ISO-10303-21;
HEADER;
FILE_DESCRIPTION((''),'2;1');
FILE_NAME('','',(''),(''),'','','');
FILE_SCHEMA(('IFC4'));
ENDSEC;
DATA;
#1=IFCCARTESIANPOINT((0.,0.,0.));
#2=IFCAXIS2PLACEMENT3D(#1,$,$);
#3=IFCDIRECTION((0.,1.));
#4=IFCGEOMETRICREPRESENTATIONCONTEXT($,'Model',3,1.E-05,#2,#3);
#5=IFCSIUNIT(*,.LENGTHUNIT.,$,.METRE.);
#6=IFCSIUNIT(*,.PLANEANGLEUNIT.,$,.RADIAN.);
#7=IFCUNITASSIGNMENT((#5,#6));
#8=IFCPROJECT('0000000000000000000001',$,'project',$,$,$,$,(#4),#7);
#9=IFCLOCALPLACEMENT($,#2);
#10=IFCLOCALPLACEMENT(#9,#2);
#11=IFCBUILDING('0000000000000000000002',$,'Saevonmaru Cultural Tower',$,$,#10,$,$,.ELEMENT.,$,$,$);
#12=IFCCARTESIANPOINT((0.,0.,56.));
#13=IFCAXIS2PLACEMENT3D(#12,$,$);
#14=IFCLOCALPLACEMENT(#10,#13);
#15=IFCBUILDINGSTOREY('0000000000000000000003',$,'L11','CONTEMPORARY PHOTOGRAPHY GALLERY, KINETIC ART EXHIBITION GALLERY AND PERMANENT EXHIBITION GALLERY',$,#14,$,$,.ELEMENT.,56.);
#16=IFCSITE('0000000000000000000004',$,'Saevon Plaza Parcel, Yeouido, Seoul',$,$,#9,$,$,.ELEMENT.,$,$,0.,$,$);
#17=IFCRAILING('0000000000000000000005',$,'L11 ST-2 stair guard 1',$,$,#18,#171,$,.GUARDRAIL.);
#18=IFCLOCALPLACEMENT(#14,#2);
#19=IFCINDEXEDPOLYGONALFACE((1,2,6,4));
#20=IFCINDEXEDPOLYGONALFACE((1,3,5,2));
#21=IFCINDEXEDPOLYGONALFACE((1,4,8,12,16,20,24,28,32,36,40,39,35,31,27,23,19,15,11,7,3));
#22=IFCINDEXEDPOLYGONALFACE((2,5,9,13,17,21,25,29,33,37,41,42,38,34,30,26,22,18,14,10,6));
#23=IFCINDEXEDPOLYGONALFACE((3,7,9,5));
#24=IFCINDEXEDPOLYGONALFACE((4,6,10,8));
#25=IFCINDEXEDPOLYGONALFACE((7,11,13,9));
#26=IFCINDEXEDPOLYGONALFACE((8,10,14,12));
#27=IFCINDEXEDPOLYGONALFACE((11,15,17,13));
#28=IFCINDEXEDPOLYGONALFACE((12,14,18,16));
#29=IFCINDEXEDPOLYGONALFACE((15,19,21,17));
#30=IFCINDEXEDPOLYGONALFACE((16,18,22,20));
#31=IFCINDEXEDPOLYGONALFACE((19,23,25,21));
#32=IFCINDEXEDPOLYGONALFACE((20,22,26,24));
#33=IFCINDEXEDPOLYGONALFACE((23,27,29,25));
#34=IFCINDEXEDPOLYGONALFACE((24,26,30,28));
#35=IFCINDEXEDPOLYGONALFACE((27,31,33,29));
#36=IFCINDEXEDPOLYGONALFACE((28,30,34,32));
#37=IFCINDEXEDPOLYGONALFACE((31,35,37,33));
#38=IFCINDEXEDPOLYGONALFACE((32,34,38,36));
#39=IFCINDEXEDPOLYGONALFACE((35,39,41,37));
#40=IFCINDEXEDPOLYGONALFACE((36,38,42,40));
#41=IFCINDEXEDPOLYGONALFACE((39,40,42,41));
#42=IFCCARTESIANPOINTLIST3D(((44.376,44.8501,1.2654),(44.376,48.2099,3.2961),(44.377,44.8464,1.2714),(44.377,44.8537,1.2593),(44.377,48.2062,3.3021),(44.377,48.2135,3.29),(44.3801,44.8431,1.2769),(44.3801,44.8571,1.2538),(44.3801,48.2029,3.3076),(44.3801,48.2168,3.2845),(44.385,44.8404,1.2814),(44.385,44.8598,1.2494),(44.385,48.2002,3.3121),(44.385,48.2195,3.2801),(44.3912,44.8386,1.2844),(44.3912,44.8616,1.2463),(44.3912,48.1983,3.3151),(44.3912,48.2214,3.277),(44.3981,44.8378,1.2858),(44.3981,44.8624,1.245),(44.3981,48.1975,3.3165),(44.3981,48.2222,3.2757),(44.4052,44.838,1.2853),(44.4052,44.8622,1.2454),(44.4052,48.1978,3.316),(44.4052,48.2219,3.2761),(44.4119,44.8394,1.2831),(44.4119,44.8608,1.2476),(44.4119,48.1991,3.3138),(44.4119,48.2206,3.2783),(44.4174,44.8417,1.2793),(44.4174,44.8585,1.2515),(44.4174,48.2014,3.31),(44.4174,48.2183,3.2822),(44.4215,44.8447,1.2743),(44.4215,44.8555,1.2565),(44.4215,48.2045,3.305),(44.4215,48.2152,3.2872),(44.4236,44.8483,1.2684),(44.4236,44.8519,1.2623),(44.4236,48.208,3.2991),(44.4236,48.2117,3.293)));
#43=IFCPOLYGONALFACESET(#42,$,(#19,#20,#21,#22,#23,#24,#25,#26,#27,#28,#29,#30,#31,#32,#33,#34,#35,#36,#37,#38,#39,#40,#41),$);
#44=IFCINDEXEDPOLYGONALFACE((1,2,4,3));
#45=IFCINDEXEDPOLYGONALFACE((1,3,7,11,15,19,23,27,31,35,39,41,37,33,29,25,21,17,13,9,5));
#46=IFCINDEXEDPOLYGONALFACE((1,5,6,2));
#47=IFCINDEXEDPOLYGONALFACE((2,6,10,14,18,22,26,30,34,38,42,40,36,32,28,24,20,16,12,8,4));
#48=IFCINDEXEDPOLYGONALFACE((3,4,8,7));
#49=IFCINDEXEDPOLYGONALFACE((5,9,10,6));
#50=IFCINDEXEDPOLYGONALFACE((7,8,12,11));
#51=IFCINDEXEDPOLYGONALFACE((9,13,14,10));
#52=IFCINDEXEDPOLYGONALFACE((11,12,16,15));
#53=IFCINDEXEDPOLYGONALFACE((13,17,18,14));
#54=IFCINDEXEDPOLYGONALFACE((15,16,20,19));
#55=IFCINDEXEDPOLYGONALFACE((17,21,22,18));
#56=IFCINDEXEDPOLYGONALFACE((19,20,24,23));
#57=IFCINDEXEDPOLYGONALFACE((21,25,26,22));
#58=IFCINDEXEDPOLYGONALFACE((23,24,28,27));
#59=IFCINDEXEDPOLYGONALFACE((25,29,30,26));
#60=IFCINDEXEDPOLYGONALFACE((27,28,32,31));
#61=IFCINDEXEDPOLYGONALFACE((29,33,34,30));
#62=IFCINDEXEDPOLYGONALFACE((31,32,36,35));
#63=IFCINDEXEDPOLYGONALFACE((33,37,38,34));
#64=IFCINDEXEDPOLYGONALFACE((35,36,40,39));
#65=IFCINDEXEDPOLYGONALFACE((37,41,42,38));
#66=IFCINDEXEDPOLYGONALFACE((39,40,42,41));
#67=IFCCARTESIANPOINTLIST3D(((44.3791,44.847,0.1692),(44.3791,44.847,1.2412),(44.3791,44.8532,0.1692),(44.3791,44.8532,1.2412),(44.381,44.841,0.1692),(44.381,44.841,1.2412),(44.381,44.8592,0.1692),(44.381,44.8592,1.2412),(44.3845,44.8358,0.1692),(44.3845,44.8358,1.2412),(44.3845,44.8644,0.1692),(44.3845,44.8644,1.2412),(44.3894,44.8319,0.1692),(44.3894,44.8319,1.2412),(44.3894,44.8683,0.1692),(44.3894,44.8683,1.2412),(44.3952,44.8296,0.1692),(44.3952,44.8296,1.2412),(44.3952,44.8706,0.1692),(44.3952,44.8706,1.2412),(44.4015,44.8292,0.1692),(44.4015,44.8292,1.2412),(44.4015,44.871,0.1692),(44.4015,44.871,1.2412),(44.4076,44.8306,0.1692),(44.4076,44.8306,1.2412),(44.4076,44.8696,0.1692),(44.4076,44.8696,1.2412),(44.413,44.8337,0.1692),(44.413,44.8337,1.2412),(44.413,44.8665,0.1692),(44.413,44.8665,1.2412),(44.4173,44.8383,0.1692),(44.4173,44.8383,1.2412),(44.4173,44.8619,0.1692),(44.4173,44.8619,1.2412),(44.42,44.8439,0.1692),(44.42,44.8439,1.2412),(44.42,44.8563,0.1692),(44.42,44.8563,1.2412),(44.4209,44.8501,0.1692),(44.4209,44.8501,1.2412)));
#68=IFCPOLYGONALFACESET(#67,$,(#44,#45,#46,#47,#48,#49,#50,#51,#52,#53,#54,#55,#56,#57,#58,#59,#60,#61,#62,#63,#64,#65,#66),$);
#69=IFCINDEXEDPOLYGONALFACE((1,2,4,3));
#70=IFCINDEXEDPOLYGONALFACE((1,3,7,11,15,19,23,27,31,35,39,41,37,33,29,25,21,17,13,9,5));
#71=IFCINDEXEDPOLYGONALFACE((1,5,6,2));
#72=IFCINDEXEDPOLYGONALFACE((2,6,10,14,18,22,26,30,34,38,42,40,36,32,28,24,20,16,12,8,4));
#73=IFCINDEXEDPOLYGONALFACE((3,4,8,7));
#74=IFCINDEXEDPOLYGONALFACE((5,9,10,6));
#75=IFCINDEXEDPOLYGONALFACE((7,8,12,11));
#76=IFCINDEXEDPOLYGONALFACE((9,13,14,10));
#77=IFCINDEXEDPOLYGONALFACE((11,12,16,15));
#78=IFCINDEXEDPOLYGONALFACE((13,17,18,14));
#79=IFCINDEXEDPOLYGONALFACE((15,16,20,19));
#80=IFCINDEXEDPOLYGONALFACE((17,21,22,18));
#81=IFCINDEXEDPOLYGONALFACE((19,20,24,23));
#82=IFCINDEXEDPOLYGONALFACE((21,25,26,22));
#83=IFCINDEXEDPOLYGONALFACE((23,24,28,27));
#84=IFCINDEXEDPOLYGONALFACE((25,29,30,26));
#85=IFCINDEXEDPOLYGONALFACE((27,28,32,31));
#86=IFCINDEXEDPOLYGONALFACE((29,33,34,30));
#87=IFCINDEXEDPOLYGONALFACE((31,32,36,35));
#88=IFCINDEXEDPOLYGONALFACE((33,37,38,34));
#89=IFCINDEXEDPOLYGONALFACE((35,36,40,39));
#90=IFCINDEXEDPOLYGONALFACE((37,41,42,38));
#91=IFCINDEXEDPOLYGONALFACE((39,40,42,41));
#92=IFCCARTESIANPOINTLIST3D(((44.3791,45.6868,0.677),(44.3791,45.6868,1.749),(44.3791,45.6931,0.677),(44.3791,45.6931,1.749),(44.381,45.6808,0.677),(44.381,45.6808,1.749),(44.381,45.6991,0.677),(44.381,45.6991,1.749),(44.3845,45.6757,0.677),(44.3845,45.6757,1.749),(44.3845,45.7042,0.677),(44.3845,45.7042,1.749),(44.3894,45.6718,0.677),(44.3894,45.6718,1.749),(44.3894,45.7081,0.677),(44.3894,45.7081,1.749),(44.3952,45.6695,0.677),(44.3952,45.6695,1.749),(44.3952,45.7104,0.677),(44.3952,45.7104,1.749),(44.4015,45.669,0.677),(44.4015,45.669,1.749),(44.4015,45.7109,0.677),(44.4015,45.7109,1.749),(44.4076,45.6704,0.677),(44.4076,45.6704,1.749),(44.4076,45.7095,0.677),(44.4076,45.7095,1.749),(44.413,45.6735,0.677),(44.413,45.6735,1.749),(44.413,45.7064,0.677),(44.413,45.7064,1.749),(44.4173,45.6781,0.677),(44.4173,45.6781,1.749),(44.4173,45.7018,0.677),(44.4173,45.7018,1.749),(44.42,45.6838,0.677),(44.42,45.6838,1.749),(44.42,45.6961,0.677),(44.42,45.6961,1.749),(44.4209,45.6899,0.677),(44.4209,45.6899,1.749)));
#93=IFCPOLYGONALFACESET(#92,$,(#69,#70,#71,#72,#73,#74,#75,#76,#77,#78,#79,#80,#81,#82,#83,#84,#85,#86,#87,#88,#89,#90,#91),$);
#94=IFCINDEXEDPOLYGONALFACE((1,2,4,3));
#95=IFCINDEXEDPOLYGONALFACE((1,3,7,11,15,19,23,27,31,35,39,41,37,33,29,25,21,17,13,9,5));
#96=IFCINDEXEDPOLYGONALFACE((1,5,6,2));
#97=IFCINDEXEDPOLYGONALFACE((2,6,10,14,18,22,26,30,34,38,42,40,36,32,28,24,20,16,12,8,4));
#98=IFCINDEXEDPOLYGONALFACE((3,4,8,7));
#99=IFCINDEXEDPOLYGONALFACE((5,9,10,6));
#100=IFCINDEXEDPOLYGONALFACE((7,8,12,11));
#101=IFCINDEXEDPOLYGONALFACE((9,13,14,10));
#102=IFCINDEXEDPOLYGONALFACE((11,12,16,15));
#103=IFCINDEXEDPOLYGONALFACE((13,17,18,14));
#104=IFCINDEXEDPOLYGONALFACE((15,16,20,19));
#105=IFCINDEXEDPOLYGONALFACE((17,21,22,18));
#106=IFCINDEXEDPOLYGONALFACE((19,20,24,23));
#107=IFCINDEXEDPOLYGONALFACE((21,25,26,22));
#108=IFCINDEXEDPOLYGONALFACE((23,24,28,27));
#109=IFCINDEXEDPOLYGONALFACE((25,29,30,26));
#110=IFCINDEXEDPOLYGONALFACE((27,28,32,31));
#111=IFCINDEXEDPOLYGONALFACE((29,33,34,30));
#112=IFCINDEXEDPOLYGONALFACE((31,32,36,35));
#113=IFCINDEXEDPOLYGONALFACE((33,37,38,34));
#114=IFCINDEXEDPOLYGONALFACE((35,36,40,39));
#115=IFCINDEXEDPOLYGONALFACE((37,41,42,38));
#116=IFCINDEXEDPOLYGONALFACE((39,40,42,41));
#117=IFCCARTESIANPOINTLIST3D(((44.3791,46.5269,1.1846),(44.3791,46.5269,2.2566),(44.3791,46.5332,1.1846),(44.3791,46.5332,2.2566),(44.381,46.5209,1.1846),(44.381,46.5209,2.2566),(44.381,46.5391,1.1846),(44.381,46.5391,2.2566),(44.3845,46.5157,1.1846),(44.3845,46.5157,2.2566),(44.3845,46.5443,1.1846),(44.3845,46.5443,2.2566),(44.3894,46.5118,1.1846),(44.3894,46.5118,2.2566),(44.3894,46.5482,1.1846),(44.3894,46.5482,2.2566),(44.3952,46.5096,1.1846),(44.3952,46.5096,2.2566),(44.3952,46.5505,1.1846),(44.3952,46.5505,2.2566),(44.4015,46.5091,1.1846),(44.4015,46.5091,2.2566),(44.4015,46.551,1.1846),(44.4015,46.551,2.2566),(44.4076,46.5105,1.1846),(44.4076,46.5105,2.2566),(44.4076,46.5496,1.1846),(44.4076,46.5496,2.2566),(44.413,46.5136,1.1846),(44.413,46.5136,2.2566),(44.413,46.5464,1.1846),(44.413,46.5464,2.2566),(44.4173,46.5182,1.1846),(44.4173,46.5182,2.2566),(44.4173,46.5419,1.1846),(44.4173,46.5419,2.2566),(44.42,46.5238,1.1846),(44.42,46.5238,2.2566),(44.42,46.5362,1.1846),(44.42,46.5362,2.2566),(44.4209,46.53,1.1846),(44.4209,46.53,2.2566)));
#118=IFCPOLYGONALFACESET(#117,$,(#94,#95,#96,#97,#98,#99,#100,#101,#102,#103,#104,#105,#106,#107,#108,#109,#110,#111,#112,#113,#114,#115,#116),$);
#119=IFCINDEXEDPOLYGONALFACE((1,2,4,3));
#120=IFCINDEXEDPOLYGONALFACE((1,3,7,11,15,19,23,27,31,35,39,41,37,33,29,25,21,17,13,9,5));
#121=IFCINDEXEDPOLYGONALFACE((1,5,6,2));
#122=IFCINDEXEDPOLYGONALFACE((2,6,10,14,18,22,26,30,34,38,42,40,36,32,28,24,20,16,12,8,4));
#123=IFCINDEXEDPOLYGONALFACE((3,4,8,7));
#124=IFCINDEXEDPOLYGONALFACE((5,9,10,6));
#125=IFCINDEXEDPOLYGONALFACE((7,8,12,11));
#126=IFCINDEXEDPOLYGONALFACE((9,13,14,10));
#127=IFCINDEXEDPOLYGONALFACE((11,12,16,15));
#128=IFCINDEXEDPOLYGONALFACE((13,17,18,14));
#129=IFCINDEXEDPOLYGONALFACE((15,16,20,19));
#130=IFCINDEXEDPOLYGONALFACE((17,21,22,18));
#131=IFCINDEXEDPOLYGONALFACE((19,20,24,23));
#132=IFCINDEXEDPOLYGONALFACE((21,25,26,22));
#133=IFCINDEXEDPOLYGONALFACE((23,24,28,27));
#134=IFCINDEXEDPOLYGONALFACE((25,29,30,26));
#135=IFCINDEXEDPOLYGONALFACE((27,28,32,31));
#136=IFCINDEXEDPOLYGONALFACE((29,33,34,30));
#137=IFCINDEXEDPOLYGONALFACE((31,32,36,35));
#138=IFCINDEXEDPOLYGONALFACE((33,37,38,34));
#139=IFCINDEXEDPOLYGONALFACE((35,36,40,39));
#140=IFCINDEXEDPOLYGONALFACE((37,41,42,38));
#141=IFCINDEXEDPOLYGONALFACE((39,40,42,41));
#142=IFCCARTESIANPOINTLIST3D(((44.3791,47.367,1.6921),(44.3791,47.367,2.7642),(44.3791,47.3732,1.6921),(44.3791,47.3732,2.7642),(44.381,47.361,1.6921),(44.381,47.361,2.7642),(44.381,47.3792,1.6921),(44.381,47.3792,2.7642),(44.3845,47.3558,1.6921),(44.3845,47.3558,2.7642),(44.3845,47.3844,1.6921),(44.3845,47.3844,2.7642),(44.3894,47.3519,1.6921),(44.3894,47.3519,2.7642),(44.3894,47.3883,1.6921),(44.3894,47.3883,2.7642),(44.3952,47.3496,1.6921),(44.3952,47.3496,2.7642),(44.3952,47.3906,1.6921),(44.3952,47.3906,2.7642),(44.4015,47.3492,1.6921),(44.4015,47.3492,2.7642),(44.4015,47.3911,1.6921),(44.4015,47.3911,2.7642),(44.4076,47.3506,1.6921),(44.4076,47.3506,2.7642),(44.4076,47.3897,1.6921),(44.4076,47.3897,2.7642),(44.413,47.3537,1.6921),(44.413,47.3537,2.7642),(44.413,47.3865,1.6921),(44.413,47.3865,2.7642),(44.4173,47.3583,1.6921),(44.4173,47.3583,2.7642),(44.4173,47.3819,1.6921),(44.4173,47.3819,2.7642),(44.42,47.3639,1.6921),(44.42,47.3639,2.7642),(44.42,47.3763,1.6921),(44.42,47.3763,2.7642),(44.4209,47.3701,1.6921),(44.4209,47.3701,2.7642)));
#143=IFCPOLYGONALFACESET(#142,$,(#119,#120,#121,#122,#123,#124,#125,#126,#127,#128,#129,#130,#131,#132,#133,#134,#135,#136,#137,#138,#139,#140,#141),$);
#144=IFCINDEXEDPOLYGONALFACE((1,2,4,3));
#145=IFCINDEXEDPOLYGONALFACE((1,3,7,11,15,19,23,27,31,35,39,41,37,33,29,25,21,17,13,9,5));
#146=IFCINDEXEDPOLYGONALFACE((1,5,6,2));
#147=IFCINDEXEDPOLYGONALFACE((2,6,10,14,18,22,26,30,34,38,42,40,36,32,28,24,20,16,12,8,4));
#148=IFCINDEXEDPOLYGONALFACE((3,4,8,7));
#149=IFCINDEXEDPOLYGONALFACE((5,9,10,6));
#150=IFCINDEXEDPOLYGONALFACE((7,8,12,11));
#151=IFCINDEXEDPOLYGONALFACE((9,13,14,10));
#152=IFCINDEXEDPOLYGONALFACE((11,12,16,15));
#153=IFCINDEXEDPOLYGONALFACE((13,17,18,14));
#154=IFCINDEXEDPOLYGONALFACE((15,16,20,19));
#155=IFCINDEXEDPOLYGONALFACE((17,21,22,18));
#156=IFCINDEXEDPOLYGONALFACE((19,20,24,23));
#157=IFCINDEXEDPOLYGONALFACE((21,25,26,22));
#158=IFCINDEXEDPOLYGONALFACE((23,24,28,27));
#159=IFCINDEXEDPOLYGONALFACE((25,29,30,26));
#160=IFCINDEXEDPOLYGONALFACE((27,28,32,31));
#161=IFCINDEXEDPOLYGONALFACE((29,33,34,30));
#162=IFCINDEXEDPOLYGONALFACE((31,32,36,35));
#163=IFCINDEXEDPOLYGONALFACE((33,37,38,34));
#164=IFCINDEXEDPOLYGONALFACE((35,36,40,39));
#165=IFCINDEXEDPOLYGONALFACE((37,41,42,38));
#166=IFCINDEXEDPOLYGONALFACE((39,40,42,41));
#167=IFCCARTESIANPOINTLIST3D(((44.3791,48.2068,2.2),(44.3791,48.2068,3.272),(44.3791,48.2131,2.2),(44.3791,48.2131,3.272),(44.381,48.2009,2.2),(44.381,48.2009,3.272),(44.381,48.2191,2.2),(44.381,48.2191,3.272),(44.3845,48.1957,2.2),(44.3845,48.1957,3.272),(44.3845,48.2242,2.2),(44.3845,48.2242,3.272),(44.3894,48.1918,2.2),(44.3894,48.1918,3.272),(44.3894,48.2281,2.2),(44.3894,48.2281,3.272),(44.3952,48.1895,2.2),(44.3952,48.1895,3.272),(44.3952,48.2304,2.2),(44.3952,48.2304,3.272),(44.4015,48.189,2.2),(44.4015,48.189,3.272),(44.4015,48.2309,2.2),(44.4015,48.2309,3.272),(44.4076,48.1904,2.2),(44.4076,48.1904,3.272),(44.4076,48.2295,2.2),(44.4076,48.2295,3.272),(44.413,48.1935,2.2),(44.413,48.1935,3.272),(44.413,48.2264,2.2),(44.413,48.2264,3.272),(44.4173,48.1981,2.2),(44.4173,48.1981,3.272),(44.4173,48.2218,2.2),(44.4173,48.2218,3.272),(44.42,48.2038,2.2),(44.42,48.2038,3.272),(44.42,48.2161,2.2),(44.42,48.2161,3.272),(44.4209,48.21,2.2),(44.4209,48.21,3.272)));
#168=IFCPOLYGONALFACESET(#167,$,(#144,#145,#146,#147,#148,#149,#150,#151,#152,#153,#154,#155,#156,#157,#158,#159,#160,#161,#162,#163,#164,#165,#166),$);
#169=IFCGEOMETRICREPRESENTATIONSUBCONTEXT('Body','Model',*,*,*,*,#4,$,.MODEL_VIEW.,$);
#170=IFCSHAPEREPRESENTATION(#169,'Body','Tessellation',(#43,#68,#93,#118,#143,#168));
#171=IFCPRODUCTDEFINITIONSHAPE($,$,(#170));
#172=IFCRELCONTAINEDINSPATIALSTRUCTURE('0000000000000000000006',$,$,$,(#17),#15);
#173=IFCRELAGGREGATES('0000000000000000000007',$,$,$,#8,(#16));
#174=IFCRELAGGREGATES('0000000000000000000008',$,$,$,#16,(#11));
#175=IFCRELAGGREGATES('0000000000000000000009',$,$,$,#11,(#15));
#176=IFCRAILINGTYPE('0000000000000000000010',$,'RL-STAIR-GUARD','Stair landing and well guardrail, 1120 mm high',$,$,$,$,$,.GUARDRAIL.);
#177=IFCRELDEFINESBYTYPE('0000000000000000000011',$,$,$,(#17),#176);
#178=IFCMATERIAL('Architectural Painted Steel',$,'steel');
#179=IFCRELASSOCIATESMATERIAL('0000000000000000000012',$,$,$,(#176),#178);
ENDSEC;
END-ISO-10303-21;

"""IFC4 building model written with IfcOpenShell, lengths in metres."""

from ifc_helpers import new_model, si_unit, direction, frame, origin, origin_2d, place, context, subcontext, project, spatial, circle, extrude, material, type_object, element, save


model = new_model("IFC4")

# Units and contexts
model_context = context("Model", 3, precision=1e-05, world=origin(), true_north=direction((0.0, 1.0)))
body_context = subcontext(model_context, "Body", "Model", "MODEL_VIEW")
ifc_project = project(units=[si_unit("LENGTHUNIT", "METRE"), si_unit("PLANEANGLEUNIT", "RADIAN")], contexts=[model_context])

# Site, building, storey
site_placement = place(None, origin())
site = spatial("IfcSite", under=ifc_project, at=site_placement, Name="Saevon Plaza Parcel, Yeouido, Seoul", CompositionType="ELEMENT", RefElevation=0.0)
building_placement = place(site_placement, origin())
building = spatial("IfcBuilding", under=site, at=building_placement, Name="Saevonmaru Cultural Tower", CompositionType="ELEMENT")
storey_placement = place(building_placement, frame((0.0, 0.0, 56.0)))
storey = spatial("IfcBuildingStorey", under=building, at=storey_placement, Name="L11", Description="CONTEMPORARY PHOTOGRAPHY GALLERY, KINETIC ART EXHIBITION GALLERY AND PERMANENT EXHIBITION GALLERY", CompositionType="ELEMENT", Elevation=56.0)

# Railing
ifc_material_1 = material(Name="Architectural Painted Steel", Category="steel")
railing_type_1 = type_object("IfcRailingType", Name="RL-STAIR-GUARD", Description="Stair landing and well guardrail, 1120 mm high", PredefinedType="GUARDRAIL", material=ifc_material_1)
railing_1_placement = place(storey_placement, frame((44.3999, 44.8501, 0.1692)))
element("IfcRailing", 1, at=railing_1_placement, inside=storey, type_object=railing_type_1, Name="L11 ST-2 stair guard 1", PredefinedType="GUARDRAIL", context=body_context, shape_type="SweptSolid", body=[
    extrude(circle(Radius=0.0239, at=origin_2d()), frame((0.0, 0.0, 1.0962), z_axis=(0.0, 0.85582, 0.517273), x_axis=(-1.0, 0.0, 0.0)), (0.0, 0.0, 1.0), 3.9258),
    extrude(circle(Radius=0.021, at=origin_2d()), origin(), (0.0, 0.0, 1.0), 1.072),
    extrude(circle(Radius=0.021, at=origin_2d()), frame((0.0, 0.8398, 0.5078)), (0.0, 0.0, 1.0), 1.072),
    extrude(circle(Radius=0.021, at=origin_2d()), frame((0.0, 1.6799, 1.0154)), (0.0, 0.0, 1.0), 1.072),
    extrude(circle(Radius=0.021, at=origin_2d()), frame((0.0, 2.52, 1.5229)), (0.0, 0.0, 1.0), 1.072),
    extrude(circle(Radius=0.021, at=origin_2d()), frame((0.0, 3.3599, 2.0308)), (0.0, 0.0, 1.0), 1.072),
])

save(model, "model.ifc")
